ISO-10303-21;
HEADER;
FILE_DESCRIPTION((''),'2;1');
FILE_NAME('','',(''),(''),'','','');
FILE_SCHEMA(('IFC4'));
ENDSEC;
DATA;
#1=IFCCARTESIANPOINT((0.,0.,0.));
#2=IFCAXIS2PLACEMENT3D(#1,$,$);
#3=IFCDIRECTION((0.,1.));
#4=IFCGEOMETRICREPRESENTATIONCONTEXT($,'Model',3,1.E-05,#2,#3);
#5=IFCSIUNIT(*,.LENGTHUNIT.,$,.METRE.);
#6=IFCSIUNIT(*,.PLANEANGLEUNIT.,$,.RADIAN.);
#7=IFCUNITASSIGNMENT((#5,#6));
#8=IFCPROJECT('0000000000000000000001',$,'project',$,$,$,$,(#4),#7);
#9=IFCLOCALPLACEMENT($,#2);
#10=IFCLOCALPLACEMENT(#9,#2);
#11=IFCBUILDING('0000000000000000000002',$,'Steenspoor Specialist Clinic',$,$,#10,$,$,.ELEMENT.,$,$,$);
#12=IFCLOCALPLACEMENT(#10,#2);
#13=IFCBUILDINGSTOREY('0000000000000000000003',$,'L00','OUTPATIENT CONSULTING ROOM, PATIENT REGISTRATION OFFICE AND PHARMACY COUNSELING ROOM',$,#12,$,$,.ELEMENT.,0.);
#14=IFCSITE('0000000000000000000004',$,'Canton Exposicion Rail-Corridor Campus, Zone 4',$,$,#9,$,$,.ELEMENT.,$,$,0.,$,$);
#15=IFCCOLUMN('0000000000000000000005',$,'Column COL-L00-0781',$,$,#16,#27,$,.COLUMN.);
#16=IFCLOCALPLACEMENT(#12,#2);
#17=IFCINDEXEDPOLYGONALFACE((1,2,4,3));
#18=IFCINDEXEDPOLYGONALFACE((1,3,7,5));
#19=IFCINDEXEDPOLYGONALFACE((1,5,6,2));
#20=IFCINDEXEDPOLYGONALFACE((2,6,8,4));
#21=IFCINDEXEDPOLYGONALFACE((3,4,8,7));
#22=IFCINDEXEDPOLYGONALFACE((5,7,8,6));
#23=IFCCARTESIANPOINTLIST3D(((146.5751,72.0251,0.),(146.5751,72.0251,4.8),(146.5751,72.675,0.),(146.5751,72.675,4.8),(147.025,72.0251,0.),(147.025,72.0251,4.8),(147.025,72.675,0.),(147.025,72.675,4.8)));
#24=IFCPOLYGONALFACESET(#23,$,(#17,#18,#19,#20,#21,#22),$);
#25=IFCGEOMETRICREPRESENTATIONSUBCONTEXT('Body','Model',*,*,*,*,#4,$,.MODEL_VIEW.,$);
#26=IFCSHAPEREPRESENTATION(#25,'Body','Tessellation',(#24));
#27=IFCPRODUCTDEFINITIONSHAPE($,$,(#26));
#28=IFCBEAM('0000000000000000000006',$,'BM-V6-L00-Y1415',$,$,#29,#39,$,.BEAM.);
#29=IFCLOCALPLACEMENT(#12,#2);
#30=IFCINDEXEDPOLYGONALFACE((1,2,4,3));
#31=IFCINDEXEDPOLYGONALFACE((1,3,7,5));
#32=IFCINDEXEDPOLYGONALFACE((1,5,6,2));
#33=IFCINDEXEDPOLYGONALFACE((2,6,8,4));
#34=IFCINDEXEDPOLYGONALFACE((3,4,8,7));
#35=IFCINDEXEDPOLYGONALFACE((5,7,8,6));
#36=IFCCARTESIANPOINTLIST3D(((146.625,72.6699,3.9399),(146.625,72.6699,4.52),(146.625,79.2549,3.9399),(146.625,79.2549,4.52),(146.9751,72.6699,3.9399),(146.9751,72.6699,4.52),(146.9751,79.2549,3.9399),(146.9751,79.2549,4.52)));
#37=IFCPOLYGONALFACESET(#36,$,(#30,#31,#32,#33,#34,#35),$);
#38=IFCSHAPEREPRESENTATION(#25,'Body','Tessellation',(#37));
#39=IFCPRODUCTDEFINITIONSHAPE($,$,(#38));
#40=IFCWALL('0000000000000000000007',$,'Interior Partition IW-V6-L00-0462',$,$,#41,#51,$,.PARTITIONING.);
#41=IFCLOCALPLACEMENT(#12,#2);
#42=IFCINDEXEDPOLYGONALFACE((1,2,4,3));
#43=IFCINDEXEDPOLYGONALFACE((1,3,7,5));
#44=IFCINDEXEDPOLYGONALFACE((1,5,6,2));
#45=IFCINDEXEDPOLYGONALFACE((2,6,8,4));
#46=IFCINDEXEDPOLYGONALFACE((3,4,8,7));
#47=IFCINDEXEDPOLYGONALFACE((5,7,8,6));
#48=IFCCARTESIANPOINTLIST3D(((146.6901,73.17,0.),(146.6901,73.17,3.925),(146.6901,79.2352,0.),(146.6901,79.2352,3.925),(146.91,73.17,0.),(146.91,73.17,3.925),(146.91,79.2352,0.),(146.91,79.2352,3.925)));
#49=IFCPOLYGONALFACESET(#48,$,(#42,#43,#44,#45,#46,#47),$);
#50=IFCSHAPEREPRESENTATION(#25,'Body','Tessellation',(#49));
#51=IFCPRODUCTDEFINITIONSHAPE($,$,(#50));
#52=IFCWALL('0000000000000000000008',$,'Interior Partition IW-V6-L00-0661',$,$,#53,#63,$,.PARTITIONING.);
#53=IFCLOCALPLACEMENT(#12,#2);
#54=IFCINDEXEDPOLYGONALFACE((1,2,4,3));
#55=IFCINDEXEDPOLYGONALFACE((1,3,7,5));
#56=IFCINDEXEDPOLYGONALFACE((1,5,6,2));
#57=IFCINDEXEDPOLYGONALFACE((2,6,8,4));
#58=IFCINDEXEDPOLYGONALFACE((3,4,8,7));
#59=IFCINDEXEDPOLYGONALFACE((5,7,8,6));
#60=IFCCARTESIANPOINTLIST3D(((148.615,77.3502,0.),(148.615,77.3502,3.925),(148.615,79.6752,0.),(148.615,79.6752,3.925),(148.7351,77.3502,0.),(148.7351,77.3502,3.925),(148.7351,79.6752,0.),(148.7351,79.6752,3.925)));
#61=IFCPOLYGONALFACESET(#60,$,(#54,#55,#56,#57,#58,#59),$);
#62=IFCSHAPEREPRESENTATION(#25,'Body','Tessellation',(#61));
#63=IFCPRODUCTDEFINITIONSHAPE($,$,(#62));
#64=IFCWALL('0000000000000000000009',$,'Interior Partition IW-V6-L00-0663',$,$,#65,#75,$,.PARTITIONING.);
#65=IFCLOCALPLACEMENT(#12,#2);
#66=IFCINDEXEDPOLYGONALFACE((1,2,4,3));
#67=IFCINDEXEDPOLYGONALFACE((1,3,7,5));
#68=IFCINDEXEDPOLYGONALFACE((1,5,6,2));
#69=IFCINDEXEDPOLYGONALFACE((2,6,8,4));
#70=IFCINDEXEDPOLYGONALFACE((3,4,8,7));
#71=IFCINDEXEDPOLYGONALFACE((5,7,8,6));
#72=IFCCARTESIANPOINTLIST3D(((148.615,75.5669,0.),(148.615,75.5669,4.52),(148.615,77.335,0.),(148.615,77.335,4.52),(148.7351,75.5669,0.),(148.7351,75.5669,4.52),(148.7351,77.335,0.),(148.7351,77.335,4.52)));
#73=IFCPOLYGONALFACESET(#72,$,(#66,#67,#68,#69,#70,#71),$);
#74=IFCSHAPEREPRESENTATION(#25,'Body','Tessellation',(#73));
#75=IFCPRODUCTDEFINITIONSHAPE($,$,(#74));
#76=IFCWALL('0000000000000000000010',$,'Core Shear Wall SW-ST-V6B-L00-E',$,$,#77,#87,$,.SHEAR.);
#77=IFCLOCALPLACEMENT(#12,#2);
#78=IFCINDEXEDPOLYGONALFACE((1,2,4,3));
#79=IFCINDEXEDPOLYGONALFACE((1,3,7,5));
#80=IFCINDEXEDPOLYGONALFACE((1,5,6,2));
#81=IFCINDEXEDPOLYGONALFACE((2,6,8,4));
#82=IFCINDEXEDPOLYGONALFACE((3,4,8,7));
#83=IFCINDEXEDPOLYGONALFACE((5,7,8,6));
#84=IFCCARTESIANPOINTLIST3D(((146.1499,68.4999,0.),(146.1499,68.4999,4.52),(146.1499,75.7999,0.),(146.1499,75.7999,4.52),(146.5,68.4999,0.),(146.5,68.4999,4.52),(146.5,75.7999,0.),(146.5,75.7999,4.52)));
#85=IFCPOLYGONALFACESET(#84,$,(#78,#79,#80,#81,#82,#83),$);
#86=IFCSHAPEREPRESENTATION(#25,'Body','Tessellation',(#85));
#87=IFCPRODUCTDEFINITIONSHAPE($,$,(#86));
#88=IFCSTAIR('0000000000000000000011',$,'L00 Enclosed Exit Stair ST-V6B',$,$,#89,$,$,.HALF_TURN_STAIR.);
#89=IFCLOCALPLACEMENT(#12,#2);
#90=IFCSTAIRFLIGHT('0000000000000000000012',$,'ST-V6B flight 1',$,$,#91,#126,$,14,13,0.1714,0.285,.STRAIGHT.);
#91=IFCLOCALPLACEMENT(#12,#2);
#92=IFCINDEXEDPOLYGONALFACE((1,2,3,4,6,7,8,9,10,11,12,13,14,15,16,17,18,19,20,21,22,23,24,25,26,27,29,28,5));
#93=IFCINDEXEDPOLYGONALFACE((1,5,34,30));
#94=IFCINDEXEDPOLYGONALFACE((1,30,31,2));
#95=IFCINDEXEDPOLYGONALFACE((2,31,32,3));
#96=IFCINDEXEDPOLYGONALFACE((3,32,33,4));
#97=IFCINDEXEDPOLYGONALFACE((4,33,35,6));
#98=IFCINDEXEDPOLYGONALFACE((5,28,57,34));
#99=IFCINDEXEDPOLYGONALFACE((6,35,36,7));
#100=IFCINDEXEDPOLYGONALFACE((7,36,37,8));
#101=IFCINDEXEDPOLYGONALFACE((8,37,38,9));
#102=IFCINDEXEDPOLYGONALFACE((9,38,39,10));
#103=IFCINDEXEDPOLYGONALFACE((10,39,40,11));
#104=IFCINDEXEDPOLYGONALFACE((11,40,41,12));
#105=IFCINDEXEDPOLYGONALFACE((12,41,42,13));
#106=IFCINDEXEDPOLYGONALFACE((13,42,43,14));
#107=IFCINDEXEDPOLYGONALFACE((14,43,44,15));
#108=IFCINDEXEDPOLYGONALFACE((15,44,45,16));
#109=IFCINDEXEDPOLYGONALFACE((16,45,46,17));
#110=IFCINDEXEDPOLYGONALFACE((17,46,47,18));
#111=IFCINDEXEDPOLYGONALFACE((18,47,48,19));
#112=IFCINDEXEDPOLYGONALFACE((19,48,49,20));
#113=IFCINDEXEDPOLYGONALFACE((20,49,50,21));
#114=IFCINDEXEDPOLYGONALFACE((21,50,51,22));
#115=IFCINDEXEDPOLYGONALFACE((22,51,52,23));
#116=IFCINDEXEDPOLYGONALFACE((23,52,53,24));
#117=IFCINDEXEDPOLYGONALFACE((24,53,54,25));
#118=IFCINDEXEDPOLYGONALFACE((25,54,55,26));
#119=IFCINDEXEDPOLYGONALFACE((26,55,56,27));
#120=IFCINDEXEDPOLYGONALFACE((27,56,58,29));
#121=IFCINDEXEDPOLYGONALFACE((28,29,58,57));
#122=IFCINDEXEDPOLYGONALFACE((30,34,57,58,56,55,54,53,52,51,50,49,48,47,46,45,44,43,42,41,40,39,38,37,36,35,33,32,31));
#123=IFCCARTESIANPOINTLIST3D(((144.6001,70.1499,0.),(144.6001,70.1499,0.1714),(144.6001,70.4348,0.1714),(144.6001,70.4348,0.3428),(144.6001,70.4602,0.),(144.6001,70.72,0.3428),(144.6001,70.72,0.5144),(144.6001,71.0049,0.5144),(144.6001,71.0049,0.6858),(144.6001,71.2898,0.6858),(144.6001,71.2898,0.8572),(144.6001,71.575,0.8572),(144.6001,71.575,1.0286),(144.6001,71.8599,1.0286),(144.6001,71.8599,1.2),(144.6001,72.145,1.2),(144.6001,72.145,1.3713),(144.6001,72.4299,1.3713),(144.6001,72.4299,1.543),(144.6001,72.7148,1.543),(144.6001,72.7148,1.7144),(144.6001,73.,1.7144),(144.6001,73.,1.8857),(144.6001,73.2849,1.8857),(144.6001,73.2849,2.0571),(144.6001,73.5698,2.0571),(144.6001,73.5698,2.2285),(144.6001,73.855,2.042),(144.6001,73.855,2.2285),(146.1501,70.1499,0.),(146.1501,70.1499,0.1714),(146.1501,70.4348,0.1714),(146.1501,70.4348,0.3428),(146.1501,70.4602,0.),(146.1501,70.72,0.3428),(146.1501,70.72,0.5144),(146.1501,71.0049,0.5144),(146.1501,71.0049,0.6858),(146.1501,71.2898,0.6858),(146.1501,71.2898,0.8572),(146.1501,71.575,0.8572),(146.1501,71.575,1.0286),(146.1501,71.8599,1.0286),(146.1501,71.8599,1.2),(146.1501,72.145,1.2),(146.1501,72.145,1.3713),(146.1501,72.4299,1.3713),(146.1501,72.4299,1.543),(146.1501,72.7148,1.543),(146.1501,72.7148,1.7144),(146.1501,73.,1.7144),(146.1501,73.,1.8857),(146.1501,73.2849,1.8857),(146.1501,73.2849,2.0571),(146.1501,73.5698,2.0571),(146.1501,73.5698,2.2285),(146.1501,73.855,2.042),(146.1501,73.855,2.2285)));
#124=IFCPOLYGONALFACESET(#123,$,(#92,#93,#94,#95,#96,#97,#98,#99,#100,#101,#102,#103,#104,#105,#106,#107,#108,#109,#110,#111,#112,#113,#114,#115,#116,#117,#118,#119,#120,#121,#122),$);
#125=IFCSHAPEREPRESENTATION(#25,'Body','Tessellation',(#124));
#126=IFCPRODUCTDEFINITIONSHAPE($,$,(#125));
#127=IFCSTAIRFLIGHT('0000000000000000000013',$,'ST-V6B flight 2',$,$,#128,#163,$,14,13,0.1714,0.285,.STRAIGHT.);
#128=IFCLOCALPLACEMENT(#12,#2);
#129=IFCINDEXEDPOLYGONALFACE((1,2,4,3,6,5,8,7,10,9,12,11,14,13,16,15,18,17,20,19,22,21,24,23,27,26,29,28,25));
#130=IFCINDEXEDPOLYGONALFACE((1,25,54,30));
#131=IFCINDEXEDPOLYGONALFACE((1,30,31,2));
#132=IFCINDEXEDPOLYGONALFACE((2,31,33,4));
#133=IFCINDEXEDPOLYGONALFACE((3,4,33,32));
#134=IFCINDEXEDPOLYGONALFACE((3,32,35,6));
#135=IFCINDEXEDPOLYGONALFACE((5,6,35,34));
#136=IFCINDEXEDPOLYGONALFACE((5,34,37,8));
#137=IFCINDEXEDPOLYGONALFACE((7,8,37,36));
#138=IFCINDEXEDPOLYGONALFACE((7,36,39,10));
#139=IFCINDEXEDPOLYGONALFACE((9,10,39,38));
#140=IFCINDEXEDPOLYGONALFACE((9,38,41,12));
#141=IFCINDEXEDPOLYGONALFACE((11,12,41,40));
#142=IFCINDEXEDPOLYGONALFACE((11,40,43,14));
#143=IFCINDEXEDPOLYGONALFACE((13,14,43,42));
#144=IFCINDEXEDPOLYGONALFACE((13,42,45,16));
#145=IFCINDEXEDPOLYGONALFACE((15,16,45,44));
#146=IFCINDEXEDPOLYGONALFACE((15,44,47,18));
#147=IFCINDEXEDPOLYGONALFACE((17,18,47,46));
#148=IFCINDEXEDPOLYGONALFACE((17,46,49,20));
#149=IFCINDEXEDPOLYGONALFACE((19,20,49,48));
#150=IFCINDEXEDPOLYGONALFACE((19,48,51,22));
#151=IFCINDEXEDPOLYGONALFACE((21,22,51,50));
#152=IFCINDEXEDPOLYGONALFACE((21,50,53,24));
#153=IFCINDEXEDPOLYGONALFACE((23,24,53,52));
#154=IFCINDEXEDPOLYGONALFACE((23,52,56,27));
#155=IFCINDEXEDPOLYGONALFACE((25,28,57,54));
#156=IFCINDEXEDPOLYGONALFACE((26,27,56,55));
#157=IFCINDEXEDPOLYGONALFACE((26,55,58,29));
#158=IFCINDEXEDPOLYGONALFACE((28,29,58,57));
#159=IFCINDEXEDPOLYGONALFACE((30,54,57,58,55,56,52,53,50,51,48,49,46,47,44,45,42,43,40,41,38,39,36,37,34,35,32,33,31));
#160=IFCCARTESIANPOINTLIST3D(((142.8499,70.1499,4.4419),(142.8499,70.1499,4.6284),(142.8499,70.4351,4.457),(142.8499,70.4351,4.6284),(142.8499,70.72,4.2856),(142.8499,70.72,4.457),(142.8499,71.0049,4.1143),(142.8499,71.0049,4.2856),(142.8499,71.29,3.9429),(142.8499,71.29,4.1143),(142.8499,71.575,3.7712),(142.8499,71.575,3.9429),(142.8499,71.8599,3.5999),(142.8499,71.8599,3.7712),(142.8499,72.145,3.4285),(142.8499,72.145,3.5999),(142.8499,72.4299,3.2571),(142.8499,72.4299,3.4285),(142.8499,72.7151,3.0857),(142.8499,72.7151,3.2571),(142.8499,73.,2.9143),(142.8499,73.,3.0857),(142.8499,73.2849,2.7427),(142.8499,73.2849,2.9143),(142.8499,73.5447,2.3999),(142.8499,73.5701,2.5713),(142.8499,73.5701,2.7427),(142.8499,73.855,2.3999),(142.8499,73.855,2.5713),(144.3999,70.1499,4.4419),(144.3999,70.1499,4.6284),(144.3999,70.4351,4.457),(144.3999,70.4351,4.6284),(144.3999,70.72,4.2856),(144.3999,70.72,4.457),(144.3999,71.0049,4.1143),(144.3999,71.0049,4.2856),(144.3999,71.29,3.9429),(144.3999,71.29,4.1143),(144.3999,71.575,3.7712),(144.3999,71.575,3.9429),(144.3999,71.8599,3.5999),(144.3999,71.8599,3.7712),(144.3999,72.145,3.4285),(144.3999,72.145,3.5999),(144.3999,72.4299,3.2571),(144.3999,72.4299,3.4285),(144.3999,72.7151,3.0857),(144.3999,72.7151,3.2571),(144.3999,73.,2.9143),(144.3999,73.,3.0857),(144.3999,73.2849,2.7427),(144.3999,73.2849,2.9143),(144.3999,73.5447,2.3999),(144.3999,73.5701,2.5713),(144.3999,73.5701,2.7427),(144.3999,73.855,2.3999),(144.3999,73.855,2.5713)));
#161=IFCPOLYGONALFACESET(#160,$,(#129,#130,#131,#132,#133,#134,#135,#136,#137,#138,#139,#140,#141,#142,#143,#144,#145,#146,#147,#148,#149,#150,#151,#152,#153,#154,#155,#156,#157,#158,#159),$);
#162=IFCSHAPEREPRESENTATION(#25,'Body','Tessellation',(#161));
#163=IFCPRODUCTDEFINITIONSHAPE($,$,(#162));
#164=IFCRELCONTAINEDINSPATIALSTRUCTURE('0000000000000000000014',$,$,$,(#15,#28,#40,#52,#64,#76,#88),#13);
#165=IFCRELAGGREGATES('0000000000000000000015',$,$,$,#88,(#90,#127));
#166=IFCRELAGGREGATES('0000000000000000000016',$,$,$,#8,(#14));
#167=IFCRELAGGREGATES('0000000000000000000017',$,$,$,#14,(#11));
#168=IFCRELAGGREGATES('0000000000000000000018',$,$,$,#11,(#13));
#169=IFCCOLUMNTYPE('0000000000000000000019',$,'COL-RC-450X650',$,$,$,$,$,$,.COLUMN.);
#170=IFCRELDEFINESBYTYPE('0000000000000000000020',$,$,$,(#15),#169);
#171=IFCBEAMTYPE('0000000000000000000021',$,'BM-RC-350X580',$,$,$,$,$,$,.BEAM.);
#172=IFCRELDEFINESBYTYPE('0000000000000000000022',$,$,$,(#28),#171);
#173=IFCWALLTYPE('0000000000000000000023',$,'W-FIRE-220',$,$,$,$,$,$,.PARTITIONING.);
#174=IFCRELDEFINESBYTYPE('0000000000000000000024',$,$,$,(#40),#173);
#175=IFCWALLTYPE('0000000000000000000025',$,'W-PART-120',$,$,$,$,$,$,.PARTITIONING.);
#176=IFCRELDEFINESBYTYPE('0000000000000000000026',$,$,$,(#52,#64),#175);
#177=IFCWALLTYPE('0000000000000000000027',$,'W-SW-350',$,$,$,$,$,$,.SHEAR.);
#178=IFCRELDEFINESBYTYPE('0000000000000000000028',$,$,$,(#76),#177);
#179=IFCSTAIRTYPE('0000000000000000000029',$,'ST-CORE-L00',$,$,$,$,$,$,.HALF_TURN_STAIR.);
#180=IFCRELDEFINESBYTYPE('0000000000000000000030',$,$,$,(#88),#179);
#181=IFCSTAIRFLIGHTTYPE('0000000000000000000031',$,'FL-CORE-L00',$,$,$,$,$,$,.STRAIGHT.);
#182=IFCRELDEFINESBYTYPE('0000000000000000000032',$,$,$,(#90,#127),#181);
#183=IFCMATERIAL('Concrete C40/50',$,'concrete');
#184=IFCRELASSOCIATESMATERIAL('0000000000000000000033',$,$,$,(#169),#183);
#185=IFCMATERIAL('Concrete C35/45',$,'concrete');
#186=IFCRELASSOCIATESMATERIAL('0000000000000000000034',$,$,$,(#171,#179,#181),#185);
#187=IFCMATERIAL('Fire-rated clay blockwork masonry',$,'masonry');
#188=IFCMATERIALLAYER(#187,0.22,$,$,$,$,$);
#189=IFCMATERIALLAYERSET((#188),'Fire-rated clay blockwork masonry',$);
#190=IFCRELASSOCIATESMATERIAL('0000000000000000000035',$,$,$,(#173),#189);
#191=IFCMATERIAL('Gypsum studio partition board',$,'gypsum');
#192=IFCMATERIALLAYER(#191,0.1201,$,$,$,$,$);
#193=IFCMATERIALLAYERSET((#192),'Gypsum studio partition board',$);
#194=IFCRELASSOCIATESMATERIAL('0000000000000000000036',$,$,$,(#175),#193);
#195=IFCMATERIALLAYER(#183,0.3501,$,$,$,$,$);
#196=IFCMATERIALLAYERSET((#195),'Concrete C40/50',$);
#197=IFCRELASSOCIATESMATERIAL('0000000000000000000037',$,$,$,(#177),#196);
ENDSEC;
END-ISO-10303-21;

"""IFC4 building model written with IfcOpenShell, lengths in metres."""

from ifc_helpers import new_model, si_unit, direction, frame, frame_2d, origin, origin_2d, place, context, subcontext, project, spatial, polyline, rectangle, outline, extrude, material, layer, layer_set, material_profile, profile_set, type_object, element, aggregate, save


model = new_model("IFC4")

# Units and contexts
model_context = context("Model", 3, precision=1e-05, world=origin(), true_north=direction((0.0, 1.0)))
body_context = subcontext(model_context, "Body", "Model", "MODEL_VIEW")
ifc_project = project(units=[si_unit("LENGTHUNIT", "METRE"), si_unit("PLANEANGLEUNIT", "RADIAN")], contexts=[model_context])

# Site, building, storey
site_placement = place(None, origin())
site = spatial("IfcSite", under=ifc_project, at=site_placement, Name="Canton Exposicion Rail-Corridor Campus, Zone 4", CompositionType="ELEMENT", RefElevation=0.0)
building_placement = place(site_placement, origin())
building = spatial("IfcBuilding", under=site, at=building_placement, Name="Steenspoor Specialist Clinic", CompositionType="ELEMENT")
storey_placement = place(building_placement, origin())
storey = spatial("IfcBuildingStorey", under=building, at=storey_placement, Name="L00", Description="OUTPATIENT CONSULTING ROOM, PATIENT REGISTRATION OFFICE AND PHARMACY COUNSELING ROOM", CompositionType="ELEMENT", Elevation=0.0)

# Shared definitions
ifc_material_1 = material(Name="Concrete C35/45", Category="concrete")

# Column
ifc_material_2 = material(Name="Concrete C40/50", Category="concrete")
ifc_material_profile_1 = material_profile(ifc_material_2, rectangle(XDim=0.45, YDim=0.6499, at=origin_2d()), Name="RC-COL-450X650")
ifc_profile_set_1 = profile_set([ifc_material_profile_1], Name="Concrete C40/50")
column_type = type_object("IfcColumnType", Name="COL-RC-450X650", PredefinedType="COLUMN", material=ifc_profile_set_1)
column_placement = place(storey_placement, frame((146.8, 72.3501, 0.0), z_axis=(0.0, 0.0, 1.0), x_axis=(1.0, 0.0, 0.0)))
element("IfcColumn", 1, at=column_placement, inside=storey, type_object=column_type, Name="Column COL-L00-0781", PredefinedType="COLUMN", context=body_context, shape_type="SweptSolid", body=[
    extrude(rectangle(XDim=0.45, YDim=0.6499, at=origin_2d()), origin(), (0.0, 0.0, 1.0), 4.8),
])

# Beam
ifc_material_profile_2 = material_profile(ifc_material_1, rectangle(XDim=0.3501, YDim=0.5801, at=origin_2d()), Name="RC-BM-350X580")
ifc_profile_set_2 = profile_set([ifc_material_profile_2], Name="Concrete C35/45")
beam_type = type_object("IfcBeamType", Name="BM-RC-350X580", PredefinedType="BEAM", material=ifc_profile_set_2)
beam_placement = place(storey_placement, frame((146.8, 72.6699, 4.23), z_axis=(0.0, 1.0, 0.0), x_axis=(-1.0, 0.0, 0.0)))
element("IfcBeam", 2, at=beam_placement, inside=storey, type_object=beam_type, Name="BM-V6-L00-Y1415", PredefinedType="BEAM", context=body_context, shape_type="SweptSolid", body=[
    extrude(rectangle(XDim=0.3501, YDim=0.5801, at=origin_2d()), origin(), (0.0, 0.0, 1.0), 6.585),
])

# Walls
ifc_material_3 = material(Name="Fire-rated clay blockwork masonry", Category="masonry")
ifc_layer_1 = layer(ifc_material_3, 0.22)
ifc_layer_set_1 = layer_set([ifc_layer_1], Name="Fire-rated clay blockwork masonry")
wall_type_1 = type_object("IfcWallType", Name="W-FIRE-220", PredefinedType="PARTITIONING", material=ifc_layer_set_1)
wall_1_placement = place(storey_placement, frame((146.8, 73.1699, 0.0), z_axis=(0.0, 0.0, 1.0), x_axis=(0.0, 1.0, 0.0)))
element("IfcWall", 3, at=wall_1_placement, inside=storey, type_object=wall_type_1, Name="Interior Partition IW-V6-L00-0462", PredefinedType="PARTITIONING", context=body_context, shape_type="SweptSolid", body=[
    extrude(rectangle(XDim=6.0652, YDim=0.22, at=frame_2d((3.0327, 0.0))), origin(), (0.0, 0.0, 1.0), 3.925),
])
ifc_material_4 = material(Name="Gypsum studio partition board", Category="gypsum")
ifc_layer_2 = layer(ifc_material_4, 0.1201)
ifc_layer_set_2 = layer_set([ifc_layer_2], Name="Gypsum studio partition board")
wall_type_2 = type_object("IfcWallType", Name="W-PART-120", PredefinedType="PARTITIONING", material=ifc_layer_set_2)
wall_2_placement = place(storey_placement, frame((148.675, 77.3501, 0.0), z_axis=(0.0, 0.0, 1.0), x_axis=(0.0, 1.0, 0.0)))
element("IfcWall", 4, at=wall_2_placement, inside=storey, type_object=wall_type_2, Name="Interior Partition IW-V6-L00-0661", PredefinedType="PARTITIONING", context=body_context, shape_type="SweptSolid", body=[
    extrude(rectangle(XDim=2.325, YDim=0.1201, at=frame_2d((1.1626, 0.0))), origin(), (0.0, 0.0, 1.0), 3.925),
])
wall_3_placement = place(storey_placement, frame((148.675, 75.5669, 0.0), z_axis=(0.0, 0.0, 1.0), x_axis=(0.0, 1.0, 0.0)))
element("IfcWall", 5, at=wall_3_placement, inside=storey, type_object=wall_type_2, Name="Interior Partition IW-V6-L00-0663", PredefinedType="PARTITIONING", context=body_context, shape_type="SweptSolid", body=[
    extrude(rectangle(XDim=1.7681, YDim=0.1201, at=frame_2d((0.884, 0.0))), origin(), (0.0, 0.0, 1.0), 4.52),
])
ifc_layer_3 = layer(ifc_material_2, 0.3501)
ifc_layer_set_3 = layer_set([ifc_layer_3], Name="Concrete C40/50")
wall_type_3 = type_object("IfcWallType", Name="W-SW-350", PredefinedType="SHEAR", material=ifc_layer_set_3)
wall_4_placement = place(storey_placement, frame((146.325, 68.5, 0.0), z_axis=(0.0, 0.0, 1.0), x_axis=(0.0, 1.0, 0.0)))
element("IfcWall", 6, at=wall_4_placement, inside=storey, type_object=wall_type_3, Name="Core Shear Wall SW-ST-V6B-L00-E", PredefinedType="SHEAR", context=body_context, shape_type="SweptSolid", body=[
    extrude(rectangle(XDim=7.3, YDim=0.3501, at=frame_2d((3.6499, 0.0))), origin(), (0.0, 0.0, 1.0), 4.52),
])

# Stair, stair flights
stair_type = type_object("IfcStairType", Name="ST-CORE-L00", PredefinedType="HALF_TURN_STAIR", material=ifc_material_1)
stair_placement = place(storey_placement, origin())
stair = element("IfcStair", 7, at=stair_placement, inside=storey, type_object=stair_type, Name="L00 Enclosed Exit Stair ST-V6B", PredefinedType="HALF_TURN_STAIR")
stair_flight_type = type_object("IfcStairFlightType", Name="FL-CORE-L00", PredefinedType="STRAIGHT", material=ifc_material_1)
stair_flight_1_placement = place(storey_placement, frame((145.375, 70.1499, 0.0), z_axis=(0.0, 0.0, 1.0), x_axis=(0.0, 1.0, 0.0)))
stair_flight_1 = element("IfcStairFlight", 8, at=stair_flight_1_placement, type_object=stair_flight_type, Name="ST-V6B flight 1", NumberOfRisers=14, NumberOfTreads=13, PredefinedType="STRAIGHT", RiserHeight=0.1714, TreadLength=0.285, context=body_context, shape_type="SweptSolid", body=[
    extrude(outline(polyline([(0.0, 0.0), (0.0, 0.1714), (0.2849, 0.1714), (0.2849, 0.3428), (0.5701, 0.3428), (0.5701, 0.5144), (0.855, 0.5144), (0.855, 0.6858), (1.1399, 0.6858), (1.1399, 0.8572), (1.425, 0.8572), (1.425, 1.0286), (1.71, 1.0286), (1.71, 1.2), (1.9951, 1.2), (1.9951, 1.3713), (2.28, 1.3713), (2.28, 1.543), (2.5649, 1.543), (2.5649, 1.7144), (2.8501, 1.7144), (2.8501, 1.8857), (3.135, 1.8857), (3.135, 2.0571), (3.4199, 2.0571), (3.4199, 2.2285), (3.7051, 2.2285), (3.7051, 2.3999), (3.7051, 2.042), (0.3103, 0.0), (0.0, 0.0)])), frame((0.0, 0.7749, 0.0), z_axis=(0.0, -1.0, 0.0), x_axis=(1.0, 0.0, 0.0)), (0.0, 0.0, 1.0), 1.55),
])
stair_flight_2_placement = place(storey_placement, frame((143.625, 73.855, 2.3999), z_axis=(0.0, 0.0, 1.0), x_axis=(0.0, -1.0, 0.0)))
stair_flight_2 = element("IfcStairFlight", 9, at=stair_flight_2_placement, type_object=stair_flight_type, Name="ST-V6B flight 2", NumberOfRisers=14, NumberOfTreads=13, PredefinedType="STRAIGHT", RiserHeight=0.1714, TreadLength=0.285, context=body_context, shape_type="SweptSolid", body=[
    extrude(outline(polyline([(0.0, 0.0), (0.0, 0.1714), (0.2849, 0.1714), (0.2849, 0.3428), (0.5701, 0.3428), (0.5701, 0.5144), (0.855, 0.5144), (0.855, 0.6858), (1.1399, 0.6858), (1.1399, 0.8572), (1.425, 0.8572), (1.425, 1.0286), (1.71, 1.0286), (1.71, 1.2), (1.9951, 1.2), (1.9951, 1.3713), (2.28, 1.3713), (2.28, 1.543), (2.5649, 1.543), (2.5649, 1.7144), (2.8501, 1.7144), (2.8501, 1.8857), (3.135, 1.8857), (3.135, 2.0571), (3.4199, 2.0571), (3.4199, 2.2285), (3.7051, 2.2285), (3.7051, 2.3999), (3.7051, 2.042), (0.3103, 0.0), (0.0, 0.0)])), frame((0.0, 0.7749, 0.0), z_axis=(0.0, -1.0, 0.0), x_axis=(1.0, 0.0, 0.0)), (0.0, 0.0, 1.0), 1.55),
])
aggregate(stair, [stair_flight_1, stair_flight_2])

save(model, "model.ifc")
